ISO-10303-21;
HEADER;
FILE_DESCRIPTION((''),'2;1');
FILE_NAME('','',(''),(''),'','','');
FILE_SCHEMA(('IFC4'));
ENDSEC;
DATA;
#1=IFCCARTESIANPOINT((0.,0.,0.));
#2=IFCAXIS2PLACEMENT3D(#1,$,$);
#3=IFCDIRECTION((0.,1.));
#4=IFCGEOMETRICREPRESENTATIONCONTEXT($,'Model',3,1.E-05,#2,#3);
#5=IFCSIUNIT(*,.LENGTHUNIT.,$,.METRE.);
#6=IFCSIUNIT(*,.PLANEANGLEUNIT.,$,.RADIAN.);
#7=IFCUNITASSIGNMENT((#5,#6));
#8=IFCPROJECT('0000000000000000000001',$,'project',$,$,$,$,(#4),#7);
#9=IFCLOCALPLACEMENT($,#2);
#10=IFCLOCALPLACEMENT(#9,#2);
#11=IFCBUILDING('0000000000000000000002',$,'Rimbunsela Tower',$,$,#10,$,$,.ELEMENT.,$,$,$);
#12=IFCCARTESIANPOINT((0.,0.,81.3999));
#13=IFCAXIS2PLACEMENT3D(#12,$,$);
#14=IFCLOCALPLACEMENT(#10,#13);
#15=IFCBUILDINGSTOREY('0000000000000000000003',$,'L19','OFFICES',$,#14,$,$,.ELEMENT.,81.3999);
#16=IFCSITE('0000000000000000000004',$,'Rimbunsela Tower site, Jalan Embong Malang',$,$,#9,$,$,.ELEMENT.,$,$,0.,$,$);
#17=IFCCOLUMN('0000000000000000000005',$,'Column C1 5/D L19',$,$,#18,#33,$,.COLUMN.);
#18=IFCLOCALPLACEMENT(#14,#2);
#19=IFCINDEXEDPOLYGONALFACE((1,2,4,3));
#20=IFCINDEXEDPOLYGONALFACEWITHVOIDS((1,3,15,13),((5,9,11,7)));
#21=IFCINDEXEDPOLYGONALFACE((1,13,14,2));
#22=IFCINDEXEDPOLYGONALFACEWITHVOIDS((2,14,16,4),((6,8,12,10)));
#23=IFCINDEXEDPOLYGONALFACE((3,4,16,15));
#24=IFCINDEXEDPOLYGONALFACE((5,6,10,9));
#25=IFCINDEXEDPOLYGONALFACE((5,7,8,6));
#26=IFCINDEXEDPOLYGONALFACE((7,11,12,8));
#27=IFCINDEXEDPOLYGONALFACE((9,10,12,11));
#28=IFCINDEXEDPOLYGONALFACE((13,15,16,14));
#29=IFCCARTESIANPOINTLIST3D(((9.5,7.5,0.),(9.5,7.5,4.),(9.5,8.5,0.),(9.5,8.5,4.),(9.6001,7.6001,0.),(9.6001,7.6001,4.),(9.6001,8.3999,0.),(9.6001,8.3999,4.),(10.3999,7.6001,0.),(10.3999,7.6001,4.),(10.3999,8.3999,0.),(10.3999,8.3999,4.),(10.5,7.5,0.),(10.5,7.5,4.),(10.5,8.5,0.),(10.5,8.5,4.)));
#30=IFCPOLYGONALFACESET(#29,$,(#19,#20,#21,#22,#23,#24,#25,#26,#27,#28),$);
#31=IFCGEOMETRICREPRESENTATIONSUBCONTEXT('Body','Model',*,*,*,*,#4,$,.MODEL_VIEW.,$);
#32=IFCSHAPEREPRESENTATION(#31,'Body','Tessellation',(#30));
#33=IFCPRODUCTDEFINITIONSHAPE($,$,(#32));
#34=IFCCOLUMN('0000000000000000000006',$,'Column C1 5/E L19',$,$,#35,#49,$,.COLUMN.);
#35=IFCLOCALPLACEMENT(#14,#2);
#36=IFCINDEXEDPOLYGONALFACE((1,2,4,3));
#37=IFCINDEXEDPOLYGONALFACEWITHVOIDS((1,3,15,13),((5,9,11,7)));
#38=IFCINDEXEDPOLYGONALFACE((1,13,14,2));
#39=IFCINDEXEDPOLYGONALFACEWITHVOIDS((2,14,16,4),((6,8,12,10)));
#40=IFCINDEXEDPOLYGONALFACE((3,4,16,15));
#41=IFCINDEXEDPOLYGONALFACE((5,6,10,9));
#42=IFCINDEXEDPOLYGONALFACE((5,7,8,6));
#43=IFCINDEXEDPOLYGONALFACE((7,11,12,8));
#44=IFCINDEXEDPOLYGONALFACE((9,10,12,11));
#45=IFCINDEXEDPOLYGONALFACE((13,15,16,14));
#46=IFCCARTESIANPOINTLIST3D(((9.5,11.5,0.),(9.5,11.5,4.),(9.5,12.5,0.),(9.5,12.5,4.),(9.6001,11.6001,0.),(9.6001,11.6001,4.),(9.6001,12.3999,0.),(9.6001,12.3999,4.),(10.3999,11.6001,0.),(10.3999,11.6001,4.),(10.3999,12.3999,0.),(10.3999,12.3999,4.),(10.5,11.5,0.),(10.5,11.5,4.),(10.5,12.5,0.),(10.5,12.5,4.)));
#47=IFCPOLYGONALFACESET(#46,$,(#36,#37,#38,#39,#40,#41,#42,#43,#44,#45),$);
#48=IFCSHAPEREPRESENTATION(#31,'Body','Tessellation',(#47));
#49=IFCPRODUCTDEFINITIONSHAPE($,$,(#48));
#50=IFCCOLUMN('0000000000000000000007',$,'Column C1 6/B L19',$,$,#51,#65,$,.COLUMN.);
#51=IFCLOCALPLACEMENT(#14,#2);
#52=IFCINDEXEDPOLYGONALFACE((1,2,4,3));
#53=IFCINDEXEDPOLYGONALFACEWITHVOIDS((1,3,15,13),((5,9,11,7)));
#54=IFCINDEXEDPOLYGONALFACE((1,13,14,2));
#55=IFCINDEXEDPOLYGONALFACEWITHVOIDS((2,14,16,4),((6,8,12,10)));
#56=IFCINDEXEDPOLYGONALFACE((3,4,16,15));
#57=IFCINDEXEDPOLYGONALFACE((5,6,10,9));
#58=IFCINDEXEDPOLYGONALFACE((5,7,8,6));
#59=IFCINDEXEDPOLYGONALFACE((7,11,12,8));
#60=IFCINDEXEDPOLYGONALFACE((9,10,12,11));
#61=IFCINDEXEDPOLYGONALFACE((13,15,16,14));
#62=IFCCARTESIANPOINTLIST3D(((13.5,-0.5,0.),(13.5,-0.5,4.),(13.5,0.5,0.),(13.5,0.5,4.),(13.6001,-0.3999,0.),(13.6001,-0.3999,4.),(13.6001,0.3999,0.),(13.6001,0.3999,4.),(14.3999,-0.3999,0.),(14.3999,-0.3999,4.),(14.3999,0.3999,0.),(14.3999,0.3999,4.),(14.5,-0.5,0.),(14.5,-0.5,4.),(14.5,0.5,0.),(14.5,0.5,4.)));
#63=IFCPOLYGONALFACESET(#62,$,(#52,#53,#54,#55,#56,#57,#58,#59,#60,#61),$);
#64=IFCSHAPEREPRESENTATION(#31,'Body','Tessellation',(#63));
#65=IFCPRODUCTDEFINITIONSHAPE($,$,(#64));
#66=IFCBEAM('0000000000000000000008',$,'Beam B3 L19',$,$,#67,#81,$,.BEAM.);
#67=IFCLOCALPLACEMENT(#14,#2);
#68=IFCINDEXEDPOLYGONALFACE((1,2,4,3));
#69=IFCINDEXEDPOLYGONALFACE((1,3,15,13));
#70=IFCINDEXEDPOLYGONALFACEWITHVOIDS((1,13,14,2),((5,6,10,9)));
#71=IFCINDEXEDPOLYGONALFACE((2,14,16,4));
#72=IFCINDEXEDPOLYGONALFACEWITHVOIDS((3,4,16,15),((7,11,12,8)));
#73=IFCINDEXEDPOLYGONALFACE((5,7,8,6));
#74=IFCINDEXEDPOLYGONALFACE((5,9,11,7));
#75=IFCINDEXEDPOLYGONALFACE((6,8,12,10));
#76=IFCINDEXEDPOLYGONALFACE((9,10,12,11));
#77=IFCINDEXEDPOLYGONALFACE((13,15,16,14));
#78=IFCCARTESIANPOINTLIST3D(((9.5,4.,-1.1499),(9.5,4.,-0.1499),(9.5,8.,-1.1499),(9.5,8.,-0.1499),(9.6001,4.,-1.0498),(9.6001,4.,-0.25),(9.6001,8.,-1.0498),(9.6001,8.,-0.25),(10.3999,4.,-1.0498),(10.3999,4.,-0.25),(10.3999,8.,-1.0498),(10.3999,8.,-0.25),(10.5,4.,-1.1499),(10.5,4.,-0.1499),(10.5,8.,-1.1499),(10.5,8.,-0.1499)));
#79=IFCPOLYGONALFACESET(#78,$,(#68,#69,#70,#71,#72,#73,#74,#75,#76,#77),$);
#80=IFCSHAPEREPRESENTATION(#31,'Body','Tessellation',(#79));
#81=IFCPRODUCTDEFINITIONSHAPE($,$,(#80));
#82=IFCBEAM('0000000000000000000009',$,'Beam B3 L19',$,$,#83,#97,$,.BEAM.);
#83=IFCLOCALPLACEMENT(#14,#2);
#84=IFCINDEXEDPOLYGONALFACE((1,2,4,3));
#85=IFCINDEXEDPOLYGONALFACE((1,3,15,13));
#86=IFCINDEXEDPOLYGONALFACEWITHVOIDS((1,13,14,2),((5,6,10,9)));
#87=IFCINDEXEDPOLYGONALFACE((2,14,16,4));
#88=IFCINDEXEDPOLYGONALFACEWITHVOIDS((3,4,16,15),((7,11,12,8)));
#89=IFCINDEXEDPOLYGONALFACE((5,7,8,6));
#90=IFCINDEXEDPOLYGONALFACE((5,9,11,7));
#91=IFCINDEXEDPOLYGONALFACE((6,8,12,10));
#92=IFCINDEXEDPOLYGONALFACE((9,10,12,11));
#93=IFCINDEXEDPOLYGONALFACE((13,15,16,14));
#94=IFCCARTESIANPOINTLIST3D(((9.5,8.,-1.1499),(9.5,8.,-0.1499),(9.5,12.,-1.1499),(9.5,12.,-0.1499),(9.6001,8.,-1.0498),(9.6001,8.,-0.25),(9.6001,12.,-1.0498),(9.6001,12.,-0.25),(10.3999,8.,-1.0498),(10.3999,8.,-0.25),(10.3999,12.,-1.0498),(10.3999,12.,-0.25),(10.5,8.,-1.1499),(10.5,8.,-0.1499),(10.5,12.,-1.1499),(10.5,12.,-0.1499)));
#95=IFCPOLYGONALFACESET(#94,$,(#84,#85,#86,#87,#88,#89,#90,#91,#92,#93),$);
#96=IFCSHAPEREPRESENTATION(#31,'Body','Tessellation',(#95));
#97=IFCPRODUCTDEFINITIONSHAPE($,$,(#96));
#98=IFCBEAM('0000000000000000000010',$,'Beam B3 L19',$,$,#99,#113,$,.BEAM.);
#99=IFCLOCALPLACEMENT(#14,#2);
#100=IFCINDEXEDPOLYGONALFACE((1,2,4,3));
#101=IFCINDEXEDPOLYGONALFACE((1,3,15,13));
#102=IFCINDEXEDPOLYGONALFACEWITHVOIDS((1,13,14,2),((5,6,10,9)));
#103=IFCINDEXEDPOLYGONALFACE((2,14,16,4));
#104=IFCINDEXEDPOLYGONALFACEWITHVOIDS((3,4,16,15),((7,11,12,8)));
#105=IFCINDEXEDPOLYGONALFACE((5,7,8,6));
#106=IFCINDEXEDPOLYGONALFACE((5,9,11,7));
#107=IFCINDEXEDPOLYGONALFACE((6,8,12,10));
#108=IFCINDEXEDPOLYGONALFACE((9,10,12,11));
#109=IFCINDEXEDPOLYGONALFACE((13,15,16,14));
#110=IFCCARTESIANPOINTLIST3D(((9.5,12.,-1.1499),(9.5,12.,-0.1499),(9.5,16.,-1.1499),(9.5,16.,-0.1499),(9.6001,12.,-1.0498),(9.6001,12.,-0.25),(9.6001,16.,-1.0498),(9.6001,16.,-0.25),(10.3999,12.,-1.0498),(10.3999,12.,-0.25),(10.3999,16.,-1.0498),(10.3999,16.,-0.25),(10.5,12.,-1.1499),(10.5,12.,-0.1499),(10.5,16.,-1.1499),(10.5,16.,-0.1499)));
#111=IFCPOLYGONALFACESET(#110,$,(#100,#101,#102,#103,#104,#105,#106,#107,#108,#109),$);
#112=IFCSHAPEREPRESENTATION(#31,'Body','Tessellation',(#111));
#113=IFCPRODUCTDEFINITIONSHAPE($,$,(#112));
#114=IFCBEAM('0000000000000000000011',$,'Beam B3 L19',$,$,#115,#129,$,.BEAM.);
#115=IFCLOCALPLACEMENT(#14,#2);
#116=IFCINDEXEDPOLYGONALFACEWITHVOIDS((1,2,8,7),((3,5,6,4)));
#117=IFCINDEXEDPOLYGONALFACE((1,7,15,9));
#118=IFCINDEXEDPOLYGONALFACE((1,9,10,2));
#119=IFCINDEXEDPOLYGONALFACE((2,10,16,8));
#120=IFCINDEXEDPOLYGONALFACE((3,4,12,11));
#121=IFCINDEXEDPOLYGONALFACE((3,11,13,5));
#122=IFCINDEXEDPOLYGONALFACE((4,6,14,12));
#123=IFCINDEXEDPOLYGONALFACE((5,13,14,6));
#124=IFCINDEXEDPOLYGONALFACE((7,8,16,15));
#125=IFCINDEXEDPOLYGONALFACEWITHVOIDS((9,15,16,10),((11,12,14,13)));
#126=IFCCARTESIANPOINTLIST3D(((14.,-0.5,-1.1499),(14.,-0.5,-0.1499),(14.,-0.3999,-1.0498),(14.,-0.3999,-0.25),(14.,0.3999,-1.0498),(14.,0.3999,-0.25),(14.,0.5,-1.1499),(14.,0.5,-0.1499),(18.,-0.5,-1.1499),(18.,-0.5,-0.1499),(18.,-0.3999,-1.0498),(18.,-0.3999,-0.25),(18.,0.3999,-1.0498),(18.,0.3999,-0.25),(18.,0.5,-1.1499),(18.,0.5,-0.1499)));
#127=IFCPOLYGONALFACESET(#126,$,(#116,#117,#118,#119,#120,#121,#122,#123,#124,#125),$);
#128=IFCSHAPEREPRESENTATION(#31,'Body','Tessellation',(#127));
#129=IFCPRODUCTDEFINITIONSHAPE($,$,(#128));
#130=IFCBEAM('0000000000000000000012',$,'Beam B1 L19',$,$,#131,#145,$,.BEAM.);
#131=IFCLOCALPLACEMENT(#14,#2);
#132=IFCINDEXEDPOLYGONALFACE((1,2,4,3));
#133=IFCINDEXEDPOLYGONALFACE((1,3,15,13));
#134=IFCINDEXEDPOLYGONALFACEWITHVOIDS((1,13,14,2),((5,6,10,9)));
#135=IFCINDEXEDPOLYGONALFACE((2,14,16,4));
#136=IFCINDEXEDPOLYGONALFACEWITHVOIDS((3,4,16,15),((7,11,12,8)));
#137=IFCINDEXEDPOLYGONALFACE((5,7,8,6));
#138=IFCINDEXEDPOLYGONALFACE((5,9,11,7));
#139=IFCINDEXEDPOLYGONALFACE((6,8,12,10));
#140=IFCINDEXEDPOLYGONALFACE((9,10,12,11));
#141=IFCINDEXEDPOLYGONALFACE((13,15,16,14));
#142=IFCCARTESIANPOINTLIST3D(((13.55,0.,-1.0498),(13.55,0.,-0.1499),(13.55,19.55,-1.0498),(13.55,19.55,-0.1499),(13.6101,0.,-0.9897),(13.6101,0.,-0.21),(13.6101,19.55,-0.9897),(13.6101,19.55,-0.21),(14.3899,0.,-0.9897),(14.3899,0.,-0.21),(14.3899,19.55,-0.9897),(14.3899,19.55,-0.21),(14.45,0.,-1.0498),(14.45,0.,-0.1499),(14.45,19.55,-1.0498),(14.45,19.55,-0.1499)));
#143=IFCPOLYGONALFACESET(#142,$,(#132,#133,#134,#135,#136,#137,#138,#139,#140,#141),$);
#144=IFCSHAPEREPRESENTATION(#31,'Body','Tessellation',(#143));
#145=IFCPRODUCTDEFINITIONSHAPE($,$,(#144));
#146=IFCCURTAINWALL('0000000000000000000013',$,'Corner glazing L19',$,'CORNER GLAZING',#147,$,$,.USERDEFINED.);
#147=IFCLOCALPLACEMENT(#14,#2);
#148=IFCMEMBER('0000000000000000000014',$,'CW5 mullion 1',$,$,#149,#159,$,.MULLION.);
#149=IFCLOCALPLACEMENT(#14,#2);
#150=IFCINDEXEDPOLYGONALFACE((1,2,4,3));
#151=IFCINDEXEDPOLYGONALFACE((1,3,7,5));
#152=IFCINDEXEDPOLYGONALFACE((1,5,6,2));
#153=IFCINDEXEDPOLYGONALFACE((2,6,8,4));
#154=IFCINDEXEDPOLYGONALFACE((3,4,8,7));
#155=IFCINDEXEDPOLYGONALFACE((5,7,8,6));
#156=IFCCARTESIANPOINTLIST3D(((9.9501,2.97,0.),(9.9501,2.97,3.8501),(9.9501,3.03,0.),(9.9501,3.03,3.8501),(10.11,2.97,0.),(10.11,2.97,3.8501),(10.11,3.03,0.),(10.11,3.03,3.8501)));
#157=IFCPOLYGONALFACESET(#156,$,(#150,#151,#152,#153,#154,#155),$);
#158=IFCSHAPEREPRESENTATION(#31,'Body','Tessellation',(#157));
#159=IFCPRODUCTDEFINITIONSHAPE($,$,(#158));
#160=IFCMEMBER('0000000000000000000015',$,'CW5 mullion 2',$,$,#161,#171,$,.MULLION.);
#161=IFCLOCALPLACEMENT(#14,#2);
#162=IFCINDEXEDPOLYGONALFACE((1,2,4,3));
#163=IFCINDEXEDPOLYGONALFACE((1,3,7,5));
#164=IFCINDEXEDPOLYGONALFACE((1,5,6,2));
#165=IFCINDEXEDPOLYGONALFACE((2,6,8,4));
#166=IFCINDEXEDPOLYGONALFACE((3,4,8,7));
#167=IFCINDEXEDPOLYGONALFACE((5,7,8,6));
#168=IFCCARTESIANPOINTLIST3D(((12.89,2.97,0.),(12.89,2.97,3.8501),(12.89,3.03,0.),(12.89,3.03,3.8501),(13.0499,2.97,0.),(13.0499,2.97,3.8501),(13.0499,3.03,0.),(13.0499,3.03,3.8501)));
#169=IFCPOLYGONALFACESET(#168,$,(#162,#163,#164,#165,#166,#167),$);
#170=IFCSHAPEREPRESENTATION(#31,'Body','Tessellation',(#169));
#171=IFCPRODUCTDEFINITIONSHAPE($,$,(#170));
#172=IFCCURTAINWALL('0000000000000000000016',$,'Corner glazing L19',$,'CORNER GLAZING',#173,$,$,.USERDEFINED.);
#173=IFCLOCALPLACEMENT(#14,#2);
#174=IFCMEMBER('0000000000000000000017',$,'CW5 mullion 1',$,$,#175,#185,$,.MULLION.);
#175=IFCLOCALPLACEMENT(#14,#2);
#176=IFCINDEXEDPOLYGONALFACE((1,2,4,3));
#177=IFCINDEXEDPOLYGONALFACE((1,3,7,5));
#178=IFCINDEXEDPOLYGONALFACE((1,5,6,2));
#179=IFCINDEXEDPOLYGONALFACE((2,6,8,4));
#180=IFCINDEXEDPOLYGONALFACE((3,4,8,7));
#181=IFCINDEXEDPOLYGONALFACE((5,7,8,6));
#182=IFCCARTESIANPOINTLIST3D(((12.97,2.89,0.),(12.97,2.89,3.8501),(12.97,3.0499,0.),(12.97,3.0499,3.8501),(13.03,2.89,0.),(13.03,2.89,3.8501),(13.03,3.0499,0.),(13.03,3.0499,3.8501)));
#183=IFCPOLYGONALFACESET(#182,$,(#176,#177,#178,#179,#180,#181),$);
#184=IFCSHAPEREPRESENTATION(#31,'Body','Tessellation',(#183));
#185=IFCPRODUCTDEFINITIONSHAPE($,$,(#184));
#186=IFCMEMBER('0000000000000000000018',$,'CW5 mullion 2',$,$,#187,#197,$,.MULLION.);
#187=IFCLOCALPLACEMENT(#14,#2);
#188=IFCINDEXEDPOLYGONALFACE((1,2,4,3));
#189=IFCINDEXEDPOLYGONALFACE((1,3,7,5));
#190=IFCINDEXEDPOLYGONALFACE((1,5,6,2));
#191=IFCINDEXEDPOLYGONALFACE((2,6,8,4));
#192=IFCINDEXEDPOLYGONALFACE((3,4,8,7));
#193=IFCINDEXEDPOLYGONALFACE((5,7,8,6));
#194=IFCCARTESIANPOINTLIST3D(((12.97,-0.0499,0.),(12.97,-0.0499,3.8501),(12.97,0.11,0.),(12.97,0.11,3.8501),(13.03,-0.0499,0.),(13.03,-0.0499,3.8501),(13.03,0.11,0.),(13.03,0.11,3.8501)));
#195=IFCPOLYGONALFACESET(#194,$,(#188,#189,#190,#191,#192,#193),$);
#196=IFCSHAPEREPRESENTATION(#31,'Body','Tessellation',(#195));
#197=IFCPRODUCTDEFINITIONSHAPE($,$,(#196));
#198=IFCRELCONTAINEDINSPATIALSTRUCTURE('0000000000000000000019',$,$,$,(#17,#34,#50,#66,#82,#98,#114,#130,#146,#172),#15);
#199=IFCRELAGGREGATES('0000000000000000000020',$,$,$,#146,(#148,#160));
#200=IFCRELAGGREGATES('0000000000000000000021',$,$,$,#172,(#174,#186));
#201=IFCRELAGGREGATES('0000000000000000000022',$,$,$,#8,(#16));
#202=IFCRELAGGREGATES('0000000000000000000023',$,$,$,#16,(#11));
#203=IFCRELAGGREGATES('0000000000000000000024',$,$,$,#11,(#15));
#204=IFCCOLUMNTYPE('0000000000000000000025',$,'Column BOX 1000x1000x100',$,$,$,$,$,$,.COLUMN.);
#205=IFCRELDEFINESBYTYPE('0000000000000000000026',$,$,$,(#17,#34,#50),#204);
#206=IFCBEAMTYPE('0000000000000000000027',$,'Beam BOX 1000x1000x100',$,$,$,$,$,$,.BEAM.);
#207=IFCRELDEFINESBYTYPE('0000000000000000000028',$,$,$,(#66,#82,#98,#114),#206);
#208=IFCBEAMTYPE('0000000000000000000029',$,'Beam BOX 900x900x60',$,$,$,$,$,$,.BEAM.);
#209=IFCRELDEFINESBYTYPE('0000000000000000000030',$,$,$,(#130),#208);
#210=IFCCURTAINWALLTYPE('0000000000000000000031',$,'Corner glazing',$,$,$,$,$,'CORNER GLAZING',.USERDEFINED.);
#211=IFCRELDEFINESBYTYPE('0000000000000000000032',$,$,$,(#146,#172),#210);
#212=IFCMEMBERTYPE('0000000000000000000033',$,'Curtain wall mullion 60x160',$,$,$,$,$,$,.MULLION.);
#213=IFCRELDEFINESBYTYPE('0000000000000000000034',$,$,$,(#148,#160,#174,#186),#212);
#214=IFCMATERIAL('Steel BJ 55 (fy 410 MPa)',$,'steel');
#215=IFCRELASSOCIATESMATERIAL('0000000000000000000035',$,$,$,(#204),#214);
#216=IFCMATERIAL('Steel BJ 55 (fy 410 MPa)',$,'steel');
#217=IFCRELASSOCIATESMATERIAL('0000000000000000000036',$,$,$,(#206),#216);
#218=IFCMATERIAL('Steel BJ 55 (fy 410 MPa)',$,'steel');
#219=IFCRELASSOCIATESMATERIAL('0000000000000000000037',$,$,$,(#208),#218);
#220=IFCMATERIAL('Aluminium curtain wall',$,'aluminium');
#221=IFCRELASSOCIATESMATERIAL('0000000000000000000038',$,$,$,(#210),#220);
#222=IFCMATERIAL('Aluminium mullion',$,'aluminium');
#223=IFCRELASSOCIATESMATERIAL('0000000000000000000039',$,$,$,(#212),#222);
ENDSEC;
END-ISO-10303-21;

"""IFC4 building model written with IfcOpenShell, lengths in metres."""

from ifc_helpers import new_model, si_unit, direction, frame, origin, origin_2d, place, context, subcontext, project, spatial, rectangle, hollow_rectangle, extrude, material, material_profile, profile_set, type_object, element, aggregate, save


model = new_model("IFC4")

# Units and contexts
model_context = context("Model", 3, precision=1e-05, world=origin(), true_north=direction((0.0, 1.0)))
body_context = subcontext(model_context, "Body", "Model", "MODEL_VIEW")
ifc_project = project(units=[si_unit("LENGTHUNIT", "METRE"), si_unit("PLANEANGLEUNIT", "RADIAN")], contexts=[model_context])

# Site, building, storey
site_placement = place(None, origin())
site = spatial("IfcSite", under=ifc_project, at=site_placement, Name="Rimbunsela Tower site, Jalan Embong Malang", CompositionType="ELEMENT", RefElevation=0.0)
building_placement = place(site_placement, origin())
building = spatial("IfcBuilding", under=site, at=building_placement, Name="Rimbunsela Tower", CompositionType="ELEMENT")
storey_placement = place(building_placement, frame((0.0, 0.0, 81.3999)))
storey = spatial("IfcBuildingStorey", under=building, at=storey_placement, Name="L19", Description="OFFICES", CompositionType="ELEMENT", Elevation=81.3999)

# Columns
ifc_material_1 = material(Name="Steel BJ 55 (fy 410 MPa)", Category="steel")
ifc_material_profile_1 = material_profile(ifc_material_1, hollow_rectangle(XDim=1.0, YDim=1.0, WallThickness=0.1001, at=origin_2d()), Name="BOX 1000x1000x100")
ifc_profile_set_1 = profile_set([ifc_material_profile_1], Name="Steel BJ 55 (fy 410 MPa)")
column_type = type_object("IfcColumnType", Name="Column BOX 1000x1000x100", PredefinedType="COLUMN", material=ifc_profile_set_1)
for number, where, z_axis, x_axis, name in (
    (1, (10.0, 8.0, 0.0), (0.0, 0.0, 1.0), (1.0, 0.0, 0.0), "Column C1 5/D L19"),
    (2, (10.0, 12.0, 0.0), (0.0, 0.0, 1.0), (1.0, 0.0, 0.0), "Column C1 5/E L19"),
    (3, (14.0, 0.0, 0.0), (0.0, 0.0, 1.0), (1.0, 0.0, 0.0), "Column C1 6/B L19"),
):
    element("IfcColumn", number, at=place(storey_placement, frame(where, z_axis=z_axis, x_axis=x_axis)), inside=storey, type_object=column_type, Name=name, PredefinedType="COLUMN", context=body_context, shape_type="SweptSolid", body=[
        extrude(hollow_rectangle(XDim=1.0, YDim=1.0, WallThickness=0.1001, at=origin_2d()), origin(), (0.0, 0.0, 1.0), 4.0),
    ])

# Beams
ifc_material_2 = material(Name="Steel BJ 55 (fy 410 MPa)", Category="steel")
ifc_material_profile_2 = material_profile(ifc_material_2, hollow_rectangle(XDim=1.0, YDim=1.0, WallThickness=0.1001, at=origin_2d()), Name="BOX 1000x1000x100")
ifc_profile_set_2 = profile_set([ifc_material_profile_2], Name="Steel BJ 55 (fy 410 MPa)")
beam_type_1 = type_object("IfcBeamType", Name="Beam BOX 1000x1000x100", PredefinedType="BEAM", material=ifc_profile_set_2)
for number, where, z_axis, x_axis, name in (
    (4, (10.0, 4.0, -0.6499), (0.0, 1.0, 0.0), (-1.0, 0.0, 0.0), "Beam B3 L19"),
    (5, (10.0, 8.0, -0.6499), (0.0, 1.0, 0.0), (-1.0, 0.0, 0.0), "Beam B3 L19"),
    (6, (10.0, 12.0, -0.6499), (0.0, 1.0, 0.0), (-1.0, 0.0, 0.0), "Beam B3 L19"),
    (7, (14.0, 0.0, -0.6499), (1.0, 0.0, 0.0), (0.0, 1.0, 0.0), "Beam B3 L19"),
):
    element("IfcBeam", number, at=place(storey_placement, frame(where, z_axis=z_axis, x_axis=x_axis)), inside=storey, type_object=beam_type_1, Name=name, PredefinedType="BEAM", context=body_context, shape_type="SweptSolid", body=[
        extrude(hollow_rectangle(XDim=1.0, YDim=1.0, WallThickness=0.1001, at=origin_2d()), origin(), (0.0, 0.0, 1.0), 4.0),
    ])
ifc_material_3 = material(Name="Steel BJ 55 (fy 410 MPa)", Category="steel")
ifc_material_profile_3 = material_profile(ifc_material_3, hollow_rectangle(XDim=0.8999, YDim=0.8999, WallThickness=0.0601, at=origin_2d()), Name="BOX 900x900x60")
ifc_profile_set_3 = profile_set([ifc_material_profile_3], Name="Steel BJ 55 (fy 410 MPa)")
beam_type_2 = type_object("IfcBeamType", Name="Beam BOX 900x900x60", PredefinedType="BEAM", material=ifc_profile_set_3)
beam_placement = place(storey_placement, frame((14.0, 0.0, -0.5999), z_axis=(0.0, 1.0, 0.0), x_axis=(-1.0, 0.0, 0.0)))
element("IfcBeam", 8, at=beam_placement, inside=storey, type_object=beam_type_2, Name="Beam B1 L19", PredefinedType="BEAM", context=body_context, shape_type="SweptSolid", body=[
    extrude(hollow_rectangle(XDim=0.8999, YDim=0.8999, WallThickness=0.0601, at=origin_2d()), origin(), (0.0, 0.0, 1.0), 19.55),
])

# Curtain walls, members
ifc_material_4 = material(Name="Aluminium curtain wall", Category="aluminium")
curtain_wall_type = type_object("IfcCurtainWallType", Name="Corner glazing", ElementType="CORNER GLAZING", PredefinedType="USERDEFINED", material=ifc_material_4)
curtain_wall_1_placement = place(storey_placement, origin())
curtain_wall_1 = element("IfcCurtainWall", 9, at=curtain_wall_1_placement, inside=storey, type_object=curtain_wall_type, Name="Corner glazing L19", ObjectType="CORNER GLAZING", PredefinedType="USERDEFINED")
ifc_material_5 = material(Name="Aluminium mullion", Category="aluminium")
ifc_material_profile_4 = material_profile(ifc_material_5, rectangle(XDim=0.0601, YDim=0.1599, at=origin_2d()), Name="Mullion 60x160")
ifc_profile_set_4 = profile_set([ifc_material_profile_4], Name="Aluminium mullion")
member_type_1 = type_object("IfcMemberType", Name="Curtain wall mullion 60x160", PredefinedType="MULLION", material=ifc_profile_set_4)
member_1_placement = place(storey_placement, frame((10.03, 3.0, 0.0), z_axis=(0.0, 0.0, 1.0), x_axis=(0.0, 1.0, 0.0)))
member_1 = element("IfcMember", 10, at=member_1_placement, type_object=member_type_1, Name="CW5 mullion 1", PredefinedType="MULLION", context=body_context, shape_type="SweptSolid", body=[
    extrude(rectangle(XDim=0.0601, YDim=0.1599, at=origin_2d()), origin(), (0.0, 0.0, 1.0), 3.8501),
])
member_2_placement = place(storey_placement, frame((12.97, 3.0, 0.0), z_axis=(0.0, 0.0, 1.0), x_axis=(0.0, 1.0, 0.0)))
member_2 = element("IfcMember", 11, at=member_2_placement, type_object=member_type_1, Name="CW5 mullion 2", PredefinedType="MULLION", context=body_context, shape_type="SweptSolid", body=[
    extrude(rectangle(XDim=0.0601, YDim=0.1599, at=origin_2d()), origin(), (0.0, 0.0, 1.0), 3.8501),
])
curtain_wall_2_placement = place(storey_placement, origin())
curtain_wall_2 = element("IfcCurtainWall", 12, at=curtain_wall_2_placement, inside=storey, type_object=curtain_wall_type, Name="Corner glazing L19", ObjectType="CORNER GLAZING", PredefinedType="USERDEFINED")
member_3_placement = place(storey_placement, frame((13.0, 2.97, 0.0), z_axis=(0.0, 0.0, 1.0), x_axis=(1.0, 0.0, 0.0)))
member_3 = element("IfcMember", 13, at=member_3_placement, type_object=member_type_1, Name="CW5 mullion 1", PredefinedType="MULLION", context=body_context, shape_type="SweptSolid", body=[
    extrude(rectangle(XDim=0.0601, YDim=0.1599, at=origin_2d()), origin(), (0.0, 0.0, 1.0), 3.8501),
])
member_4_placement = place(storey_placement, frame((13.0, 0.03, 0.0), z_axis=(0.0, 0.0, 1.0), x_axis=(1.0, 0.0, 0.0)))
member_4 = element("IfcMember", 14, at=member_4_placement, type_object=member_type_1, Name="CW5 mullion 2", PredefinedType="MULLION", context=body_context, shape_type="SweptSolid", body=[
    extrude(rectangle(XDim=0.0601, YDim=0.1599, at=origin_2d()), origin(), (0.0, 0.0, 1.0), 3.8501),
])

aggregate(curtain_wall_1, [member_1, member_2])
aggregate(curtain_wall_2, [member_3, member_4])

save(model, "model.ifc")
